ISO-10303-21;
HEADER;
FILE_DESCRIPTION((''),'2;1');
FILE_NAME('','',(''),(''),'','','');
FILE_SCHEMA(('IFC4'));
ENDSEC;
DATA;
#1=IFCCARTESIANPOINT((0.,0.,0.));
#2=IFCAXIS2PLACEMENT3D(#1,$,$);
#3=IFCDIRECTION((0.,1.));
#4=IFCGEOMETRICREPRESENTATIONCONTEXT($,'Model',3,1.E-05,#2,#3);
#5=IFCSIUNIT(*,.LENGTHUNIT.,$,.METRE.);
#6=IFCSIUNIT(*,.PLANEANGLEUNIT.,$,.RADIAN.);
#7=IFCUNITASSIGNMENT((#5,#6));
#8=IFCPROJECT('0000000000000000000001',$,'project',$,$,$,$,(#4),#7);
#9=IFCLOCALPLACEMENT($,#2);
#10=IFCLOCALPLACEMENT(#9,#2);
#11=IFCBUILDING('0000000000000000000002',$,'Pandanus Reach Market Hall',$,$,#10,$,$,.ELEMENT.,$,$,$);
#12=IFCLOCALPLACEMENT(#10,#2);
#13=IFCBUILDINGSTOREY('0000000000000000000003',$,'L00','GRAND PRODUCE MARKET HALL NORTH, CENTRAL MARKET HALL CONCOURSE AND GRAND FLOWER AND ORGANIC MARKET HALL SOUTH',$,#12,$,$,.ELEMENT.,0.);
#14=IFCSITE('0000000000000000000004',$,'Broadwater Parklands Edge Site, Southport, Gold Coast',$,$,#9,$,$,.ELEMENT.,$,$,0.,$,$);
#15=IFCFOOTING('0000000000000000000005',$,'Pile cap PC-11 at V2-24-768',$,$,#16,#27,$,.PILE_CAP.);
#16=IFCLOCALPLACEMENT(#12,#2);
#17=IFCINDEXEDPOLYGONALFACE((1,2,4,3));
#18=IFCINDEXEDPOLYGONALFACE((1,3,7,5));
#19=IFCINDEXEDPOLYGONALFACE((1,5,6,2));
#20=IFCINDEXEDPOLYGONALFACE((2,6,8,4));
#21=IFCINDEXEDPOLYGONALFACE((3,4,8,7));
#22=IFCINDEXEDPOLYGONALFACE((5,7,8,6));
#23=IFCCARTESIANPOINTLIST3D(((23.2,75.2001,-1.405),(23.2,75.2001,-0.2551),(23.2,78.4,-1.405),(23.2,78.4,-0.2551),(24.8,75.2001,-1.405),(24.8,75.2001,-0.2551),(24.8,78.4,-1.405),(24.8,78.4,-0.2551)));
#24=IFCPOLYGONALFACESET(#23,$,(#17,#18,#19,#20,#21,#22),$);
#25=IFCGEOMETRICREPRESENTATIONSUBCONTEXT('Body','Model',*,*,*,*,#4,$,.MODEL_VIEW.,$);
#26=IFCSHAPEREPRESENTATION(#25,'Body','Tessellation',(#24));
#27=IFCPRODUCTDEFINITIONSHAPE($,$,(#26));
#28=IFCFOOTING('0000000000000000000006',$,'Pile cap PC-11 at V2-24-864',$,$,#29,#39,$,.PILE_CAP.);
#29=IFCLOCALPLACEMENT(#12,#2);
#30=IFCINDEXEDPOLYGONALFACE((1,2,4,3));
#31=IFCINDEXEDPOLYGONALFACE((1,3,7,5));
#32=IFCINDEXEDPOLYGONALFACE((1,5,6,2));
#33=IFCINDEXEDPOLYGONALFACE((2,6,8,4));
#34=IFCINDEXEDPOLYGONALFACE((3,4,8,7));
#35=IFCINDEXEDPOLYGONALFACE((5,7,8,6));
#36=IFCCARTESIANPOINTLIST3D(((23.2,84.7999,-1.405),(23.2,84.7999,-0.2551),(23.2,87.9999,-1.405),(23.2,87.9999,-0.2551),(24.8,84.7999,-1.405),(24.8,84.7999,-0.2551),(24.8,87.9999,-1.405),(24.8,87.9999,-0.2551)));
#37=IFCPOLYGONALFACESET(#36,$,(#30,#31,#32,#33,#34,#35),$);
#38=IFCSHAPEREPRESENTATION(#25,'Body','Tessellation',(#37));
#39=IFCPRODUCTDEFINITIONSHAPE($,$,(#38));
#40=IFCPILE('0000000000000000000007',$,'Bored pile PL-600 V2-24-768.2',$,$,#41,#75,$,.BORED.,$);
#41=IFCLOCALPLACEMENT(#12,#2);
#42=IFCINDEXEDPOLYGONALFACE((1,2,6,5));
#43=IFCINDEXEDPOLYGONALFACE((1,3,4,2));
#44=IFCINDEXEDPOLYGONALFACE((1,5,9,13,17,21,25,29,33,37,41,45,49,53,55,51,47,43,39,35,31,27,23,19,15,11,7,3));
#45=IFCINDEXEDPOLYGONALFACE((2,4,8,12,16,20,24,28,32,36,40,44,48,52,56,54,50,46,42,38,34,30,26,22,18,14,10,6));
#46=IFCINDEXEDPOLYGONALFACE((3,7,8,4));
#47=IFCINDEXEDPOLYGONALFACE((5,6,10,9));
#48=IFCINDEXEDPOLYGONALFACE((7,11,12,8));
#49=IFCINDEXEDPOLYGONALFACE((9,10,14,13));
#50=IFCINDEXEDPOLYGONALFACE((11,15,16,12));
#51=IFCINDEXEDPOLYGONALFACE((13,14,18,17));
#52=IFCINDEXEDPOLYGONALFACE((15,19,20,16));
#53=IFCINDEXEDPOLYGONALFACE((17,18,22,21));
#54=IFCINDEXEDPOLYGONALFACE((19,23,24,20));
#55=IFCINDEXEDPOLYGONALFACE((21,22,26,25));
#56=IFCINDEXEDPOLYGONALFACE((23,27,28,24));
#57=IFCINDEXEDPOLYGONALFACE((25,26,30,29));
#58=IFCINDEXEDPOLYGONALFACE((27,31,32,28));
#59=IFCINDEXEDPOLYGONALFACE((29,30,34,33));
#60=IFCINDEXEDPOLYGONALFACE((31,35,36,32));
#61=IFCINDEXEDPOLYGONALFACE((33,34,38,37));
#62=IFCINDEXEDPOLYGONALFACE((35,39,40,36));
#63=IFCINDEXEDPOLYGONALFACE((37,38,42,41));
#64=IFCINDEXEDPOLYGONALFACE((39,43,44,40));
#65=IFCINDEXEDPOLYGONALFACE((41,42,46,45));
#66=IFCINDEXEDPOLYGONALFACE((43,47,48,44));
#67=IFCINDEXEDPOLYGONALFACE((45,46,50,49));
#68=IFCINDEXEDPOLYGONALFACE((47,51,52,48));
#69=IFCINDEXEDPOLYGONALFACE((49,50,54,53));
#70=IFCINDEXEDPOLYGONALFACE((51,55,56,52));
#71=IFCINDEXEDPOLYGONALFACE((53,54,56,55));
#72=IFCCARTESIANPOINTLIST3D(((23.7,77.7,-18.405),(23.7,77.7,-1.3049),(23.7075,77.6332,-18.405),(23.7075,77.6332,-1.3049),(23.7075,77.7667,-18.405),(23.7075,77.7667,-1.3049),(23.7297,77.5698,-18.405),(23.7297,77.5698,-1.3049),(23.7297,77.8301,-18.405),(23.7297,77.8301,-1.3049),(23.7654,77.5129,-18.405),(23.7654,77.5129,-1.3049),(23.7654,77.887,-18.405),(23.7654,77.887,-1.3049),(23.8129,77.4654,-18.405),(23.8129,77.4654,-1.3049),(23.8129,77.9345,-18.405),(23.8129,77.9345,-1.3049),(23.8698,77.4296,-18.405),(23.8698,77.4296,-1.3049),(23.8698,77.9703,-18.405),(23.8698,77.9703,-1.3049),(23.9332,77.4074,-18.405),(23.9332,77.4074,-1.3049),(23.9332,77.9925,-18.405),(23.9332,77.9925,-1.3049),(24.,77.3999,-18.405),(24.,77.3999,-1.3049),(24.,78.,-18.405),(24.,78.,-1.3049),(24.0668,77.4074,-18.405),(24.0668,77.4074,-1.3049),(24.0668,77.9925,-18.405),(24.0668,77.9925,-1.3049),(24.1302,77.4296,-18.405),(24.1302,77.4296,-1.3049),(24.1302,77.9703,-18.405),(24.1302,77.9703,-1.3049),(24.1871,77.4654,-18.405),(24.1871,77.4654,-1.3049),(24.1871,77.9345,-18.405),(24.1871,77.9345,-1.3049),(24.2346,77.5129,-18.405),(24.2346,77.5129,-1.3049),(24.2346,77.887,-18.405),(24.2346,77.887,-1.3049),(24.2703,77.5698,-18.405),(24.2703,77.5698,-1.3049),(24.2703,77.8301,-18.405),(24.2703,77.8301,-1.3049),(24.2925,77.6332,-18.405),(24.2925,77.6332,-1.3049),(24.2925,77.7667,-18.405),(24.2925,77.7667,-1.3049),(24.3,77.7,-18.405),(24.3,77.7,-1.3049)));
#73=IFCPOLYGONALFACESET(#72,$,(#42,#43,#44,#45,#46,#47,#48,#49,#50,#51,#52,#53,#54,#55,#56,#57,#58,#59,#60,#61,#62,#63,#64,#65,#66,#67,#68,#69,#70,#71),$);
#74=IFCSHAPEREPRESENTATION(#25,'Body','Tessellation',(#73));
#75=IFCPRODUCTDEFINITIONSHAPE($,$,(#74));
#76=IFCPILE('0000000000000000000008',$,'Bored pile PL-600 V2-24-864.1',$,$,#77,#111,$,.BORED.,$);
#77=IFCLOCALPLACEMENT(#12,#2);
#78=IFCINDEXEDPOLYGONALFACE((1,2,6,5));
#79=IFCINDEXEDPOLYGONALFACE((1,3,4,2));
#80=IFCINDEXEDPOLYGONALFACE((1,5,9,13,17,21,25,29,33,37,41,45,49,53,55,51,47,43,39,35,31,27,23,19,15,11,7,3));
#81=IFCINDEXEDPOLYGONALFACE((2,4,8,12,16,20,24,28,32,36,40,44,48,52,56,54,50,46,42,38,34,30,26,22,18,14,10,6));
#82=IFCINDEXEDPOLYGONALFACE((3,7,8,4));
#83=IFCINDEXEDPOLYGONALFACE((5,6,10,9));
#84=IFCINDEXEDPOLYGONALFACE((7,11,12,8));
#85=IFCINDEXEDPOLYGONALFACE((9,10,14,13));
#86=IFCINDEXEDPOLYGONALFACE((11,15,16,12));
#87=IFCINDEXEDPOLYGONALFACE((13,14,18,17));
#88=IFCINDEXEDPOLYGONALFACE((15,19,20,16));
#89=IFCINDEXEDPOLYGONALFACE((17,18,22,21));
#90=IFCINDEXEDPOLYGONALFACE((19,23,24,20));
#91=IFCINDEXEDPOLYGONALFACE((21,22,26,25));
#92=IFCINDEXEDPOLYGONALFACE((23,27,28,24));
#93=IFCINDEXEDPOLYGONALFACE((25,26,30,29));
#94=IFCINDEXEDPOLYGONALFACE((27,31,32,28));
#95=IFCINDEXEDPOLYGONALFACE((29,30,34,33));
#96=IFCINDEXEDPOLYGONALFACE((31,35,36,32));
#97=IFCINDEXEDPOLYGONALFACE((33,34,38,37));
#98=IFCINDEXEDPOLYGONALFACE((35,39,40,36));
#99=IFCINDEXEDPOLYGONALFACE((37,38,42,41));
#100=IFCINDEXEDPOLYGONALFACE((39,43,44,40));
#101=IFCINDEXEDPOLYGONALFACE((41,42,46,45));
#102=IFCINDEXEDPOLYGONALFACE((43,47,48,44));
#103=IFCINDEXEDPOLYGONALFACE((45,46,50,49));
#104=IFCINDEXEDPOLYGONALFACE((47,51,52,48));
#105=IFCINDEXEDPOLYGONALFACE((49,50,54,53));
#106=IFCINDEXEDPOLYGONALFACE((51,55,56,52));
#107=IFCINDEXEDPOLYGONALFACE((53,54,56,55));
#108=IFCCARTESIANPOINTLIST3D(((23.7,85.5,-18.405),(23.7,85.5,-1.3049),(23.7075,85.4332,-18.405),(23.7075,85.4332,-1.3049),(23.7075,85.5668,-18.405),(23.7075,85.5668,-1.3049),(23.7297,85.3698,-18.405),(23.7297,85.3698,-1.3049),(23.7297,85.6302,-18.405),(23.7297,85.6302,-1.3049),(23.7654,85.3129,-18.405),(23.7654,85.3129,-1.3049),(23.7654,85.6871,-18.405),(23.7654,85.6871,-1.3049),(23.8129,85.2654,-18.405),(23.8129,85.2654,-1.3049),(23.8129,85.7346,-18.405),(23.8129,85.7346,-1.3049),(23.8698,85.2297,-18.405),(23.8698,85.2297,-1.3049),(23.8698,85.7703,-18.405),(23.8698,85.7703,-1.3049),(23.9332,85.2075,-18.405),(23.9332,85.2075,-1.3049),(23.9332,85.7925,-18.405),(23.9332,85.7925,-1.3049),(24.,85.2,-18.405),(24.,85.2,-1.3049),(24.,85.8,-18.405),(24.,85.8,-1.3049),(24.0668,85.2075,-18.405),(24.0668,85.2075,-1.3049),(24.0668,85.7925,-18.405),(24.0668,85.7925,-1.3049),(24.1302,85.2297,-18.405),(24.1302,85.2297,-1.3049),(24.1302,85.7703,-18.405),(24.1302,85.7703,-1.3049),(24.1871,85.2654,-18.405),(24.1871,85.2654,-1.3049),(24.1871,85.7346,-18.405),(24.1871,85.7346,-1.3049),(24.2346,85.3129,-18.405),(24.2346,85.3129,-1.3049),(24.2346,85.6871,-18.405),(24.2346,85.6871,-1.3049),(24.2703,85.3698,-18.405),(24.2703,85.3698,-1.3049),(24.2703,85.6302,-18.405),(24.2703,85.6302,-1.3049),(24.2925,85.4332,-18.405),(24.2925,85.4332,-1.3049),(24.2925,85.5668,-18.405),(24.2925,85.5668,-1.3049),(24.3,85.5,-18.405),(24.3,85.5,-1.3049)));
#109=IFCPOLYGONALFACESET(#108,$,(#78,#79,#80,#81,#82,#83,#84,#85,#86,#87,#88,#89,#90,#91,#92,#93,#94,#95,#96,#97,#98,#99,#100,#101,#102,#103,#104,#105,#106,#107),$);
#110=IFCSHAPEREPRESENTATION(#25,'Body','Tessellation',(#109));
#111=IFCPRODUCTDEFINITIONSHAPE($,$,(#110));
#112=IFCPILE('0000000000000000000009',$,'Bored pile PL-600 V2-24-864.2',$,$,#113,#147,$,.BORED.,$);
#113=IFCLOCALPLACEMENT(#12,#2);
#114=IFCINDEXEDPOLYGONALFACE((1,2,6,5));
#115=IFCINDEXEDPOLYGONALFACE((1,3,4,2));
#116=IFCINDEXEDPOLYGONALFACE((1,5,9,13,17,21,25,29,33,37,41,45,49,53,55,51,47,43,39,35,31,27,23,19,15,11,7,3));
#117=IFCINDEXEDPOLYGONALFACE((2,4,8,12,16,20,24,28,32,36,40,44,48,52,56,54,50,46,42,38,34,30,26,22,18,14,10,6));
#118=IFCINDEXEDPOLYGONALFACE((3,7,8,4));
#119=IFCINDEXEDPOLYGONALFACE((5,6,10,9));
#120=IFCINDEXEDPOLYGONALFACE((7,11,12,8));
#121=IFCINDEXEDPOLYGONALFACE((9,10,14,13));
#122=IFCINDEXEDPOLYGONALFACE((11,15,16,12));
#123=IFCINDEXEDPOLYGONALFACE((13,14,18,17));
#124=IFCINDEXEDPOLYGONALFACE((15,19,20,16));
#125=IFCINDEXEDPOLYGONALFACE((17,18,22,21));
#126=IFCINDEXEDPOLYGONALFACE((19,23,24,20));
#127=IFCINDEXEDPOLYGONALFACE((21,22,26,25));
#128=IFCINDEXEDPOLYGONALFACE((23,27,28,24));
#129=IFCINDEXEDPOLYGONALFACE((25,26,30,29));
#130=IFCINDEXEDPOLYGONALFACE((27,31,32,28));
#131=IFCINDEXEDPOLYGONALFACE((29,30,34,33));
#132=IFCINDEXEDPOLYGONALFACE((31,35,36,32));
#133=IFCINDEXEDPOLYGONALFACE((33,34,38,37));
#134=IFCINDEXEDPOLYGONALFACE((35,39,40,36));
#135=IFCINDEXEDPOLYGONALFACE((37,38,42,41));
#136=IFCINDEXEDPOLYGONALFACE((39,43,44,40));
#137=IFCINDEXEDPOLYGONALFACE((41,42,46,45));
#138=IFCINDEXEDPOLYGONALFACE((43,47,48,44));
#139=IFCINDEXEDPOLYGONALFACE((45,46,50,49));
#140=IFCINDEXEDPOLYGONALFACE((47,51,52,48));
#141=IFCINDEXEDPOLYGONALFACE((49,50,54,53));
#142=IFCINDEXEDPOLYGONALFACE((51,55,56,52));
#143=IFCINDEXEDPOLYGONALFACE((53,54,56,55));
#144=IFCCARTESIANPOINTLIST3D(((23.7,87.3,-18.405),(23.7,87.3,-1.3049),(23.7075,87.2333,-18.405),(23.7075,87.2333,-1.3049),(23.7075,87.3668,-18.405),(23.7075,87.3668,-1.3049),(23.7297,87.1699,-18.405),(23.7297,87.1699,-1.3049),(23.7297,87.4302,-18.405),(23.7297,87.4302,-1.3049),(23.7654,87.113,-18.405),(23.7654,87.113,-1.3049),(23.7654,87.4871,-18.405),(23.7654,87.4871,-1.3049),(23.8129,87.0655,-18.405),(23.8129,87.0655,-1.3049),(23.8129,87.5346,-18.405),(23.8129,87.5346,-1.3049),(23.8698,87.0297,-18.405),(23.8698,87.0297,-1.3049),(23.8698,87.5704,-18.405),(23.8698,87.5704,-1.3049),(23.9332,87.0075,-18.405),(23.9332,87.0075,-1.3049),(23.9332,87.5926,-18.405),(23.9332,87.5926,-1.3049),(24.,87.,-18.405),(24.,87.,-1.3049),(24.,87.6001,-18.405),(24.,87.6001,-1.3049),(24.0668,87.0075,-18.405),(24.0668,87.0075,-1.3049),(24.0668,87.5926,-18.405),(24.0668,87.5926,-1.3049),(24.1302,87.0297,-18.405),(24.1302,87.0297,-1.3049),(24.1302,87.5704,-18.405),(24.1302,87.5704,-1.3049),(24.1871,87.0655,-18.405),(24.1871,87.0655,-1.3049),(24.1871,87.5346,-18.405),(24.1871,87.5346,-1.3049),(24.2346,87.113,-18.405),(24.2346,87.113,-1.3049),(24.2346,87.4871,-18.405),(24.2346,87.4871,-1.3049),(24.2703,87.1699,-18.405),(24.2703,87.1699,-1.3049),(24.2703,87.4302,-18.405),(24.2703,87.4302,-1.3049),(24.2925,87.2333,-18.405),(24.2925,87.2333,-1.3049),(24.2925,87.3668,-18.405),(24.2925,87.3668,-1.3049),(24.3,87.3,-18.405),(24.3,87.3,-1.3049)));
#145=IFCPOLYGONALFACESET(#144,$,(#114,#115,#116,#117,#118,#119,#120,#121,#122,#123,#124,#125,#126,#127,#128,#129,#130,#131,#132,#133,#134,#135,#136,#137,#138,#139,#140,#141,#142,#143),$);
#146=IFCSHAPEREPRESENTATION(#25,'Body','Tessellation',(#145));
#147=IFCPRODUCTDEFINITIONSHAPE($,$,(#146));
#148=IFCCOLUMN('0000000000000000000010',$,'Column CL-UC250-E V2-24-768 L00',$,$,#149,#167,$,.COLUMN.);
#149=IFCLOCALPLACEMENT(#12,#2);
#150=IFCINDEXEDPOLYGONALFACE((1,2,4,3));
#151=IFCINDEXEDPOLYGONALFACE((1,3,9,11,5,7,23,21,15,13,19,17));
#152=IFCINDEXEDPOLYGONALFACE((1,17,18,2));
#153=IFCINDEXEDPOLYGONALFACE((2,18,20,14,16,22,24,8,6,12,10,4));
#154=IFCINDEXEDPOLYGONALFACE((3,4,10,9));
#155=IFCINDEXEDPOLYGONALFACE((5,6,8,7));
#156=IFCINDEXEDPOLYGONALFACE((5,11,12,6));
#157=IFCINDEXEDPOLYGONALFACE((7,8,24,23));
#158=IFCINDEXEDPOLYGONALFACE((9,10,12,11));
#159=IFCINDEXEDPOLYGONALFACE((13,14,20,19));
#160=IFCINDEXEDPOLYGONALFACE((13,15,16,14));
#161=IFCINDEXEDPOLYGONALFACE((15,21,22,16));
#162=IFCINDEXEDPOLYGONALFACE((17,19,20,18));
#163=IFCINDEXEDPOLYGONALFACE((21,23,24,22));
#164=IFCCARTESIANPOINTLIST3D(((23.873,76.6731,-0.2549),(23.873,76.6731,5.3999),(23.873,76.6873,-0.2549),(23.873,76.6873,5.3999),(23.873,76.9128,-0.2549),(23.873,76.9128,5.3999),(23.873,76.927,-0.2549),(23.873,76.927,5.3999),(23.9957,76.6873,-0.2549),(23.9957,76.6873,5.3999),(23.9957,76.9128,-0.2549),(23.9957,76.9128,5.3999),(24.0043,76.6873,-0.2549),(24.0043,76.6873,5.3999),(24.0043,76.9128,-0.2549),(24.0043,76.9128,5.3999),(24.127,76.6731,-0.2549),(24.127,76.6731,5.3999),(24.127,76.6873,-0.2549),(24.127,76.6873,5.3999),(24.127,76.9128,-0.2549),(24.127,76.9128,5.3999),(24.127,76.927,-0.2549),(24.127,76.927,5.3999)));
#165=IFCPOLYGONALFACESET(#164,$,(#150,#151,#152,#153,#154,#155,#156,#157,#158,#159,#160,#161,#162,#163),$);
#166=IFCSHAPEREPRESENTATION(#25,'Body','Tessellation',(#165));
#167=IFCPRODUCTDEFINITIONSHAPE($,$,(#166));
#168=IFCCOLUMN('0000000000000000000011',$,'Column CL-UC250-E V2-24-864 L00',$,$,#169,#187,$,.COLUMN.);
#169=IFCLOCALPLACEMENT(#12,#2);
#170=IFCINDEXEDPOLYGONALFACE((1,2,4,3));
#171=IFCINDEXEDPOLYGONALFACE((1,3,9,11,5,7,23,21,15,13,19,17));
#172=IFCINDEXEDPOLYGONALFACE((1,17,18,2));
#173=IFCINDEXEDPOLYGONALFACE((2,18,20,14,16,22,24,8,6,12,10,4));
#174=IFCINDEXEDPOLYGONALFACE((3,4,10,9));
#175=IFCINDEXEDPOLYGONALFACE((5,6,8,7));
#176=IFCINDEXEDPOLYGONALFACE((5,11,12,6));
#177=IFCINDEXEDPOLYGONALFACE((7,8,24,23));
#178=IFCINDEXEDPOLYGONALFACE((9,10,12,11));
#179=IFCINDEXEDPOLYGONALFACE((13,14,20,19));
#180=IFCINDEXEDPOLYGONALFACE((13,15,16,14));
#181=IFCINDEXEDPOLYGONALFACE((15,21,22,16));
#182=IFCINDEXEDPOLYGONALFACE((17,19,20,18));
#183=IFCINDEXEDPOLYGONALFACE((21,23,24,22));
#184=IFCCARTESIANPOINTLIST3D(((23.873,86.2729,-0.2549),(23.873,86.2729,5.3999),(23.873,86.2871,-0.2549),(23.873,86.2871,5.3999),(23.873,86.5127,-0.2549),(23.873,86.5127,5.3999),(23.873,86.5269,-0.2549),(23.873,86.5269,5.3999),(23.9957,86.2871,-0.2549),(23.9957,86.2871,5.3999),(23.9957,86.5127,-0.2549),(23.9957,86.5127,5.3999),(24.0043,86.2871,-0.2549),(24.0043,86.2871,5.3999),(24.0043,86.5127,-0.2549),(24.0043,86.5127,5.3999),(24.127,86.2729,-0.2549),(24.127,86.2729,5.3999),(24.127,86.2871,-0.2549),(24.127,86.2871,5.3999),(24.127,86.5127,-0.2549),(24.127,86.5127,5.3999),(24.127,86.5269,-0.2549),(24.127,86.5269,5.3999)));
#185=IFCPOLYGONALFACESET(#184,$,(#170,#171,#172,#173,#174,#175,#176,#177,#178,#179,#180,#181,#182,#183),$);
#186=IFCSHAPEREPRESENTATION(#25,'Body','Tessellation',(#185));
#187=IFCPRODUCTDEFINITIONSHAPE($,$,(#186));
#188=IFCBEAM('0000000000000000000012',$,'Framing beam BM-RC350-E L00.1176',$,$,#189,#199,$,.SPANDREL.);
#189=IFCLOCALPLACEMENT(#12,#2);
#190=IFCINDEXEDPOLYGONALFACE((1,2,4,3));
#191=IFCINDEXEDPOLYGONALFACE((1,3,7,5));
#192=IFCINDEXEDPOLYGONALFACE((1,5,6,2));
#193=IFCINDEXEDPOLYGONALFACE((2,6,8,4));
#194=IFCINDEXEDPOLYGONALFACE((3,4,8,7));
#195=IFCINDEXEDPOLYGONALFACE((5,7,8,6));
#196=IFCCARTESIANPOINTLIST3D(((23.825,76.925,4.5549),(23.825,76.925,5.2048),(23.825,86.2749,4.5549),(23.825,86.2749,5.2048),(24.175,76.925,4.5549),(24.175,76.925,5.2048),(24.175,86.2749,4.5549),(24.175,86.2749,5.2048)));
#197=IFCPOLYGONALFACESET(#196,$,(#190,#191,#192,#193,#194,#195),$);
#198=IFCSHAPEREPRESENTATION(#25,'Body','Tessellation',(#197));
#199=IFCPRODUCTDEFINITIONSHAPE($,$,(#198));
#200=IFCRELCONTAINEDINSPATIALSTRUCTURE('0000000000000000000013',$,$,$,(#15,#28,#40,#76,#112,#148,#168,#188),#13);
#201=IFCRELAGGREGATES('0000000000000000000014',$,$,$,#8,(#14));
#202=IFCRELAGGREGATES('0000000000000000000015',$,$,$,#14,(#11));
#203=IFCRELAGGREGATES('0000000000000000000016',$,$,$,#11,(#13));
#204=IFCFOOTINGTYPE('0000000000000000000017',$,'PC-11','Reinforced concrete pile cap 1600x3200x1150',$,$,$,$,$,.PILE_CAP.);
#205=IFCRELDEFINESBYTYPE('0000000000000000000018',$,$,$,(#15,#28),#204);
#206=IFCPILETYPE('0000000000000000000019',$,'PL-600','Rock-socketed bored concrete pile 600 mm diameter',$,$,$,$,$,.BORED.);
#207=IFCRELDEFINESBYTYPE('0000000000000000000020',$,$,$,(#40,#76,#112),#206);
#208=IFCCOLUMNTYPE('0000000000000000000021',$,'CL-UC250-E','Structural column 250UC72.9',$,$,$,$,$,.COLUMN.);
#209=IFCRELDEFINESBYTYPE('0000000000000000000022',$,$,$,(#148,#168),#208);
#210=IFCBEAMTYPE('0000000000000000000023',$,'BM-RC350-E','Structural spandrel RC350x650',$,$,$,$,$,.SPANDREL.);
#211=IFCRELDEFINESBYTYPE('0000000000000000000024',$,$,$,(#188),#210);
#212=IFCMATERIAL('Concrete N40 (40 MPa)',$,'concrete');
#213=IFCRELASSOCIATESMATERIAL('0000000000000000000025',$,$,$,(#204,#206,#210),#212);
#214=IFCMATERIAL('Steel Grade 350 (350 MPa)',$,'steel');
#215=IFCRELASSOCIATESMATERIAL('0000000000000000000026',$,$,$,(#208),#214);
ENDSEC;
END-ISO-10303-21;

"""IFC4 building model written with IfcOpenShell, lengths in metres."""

from ifc_helpers import new_model, si_unit, direction, frame, origin, origin_2d, place, context, subcontext, project, spatial, rectangle, circle, i_section, extrude, material, material_profile, profile_set, type_object, element, save


model = new_model("IFC4")

# Units and contexts
model_context = context("Model", 3, precision=1e-05, world=origin(), true_north=direction((0.0, 1.0)))
body_context = subcontext(model_context, "Body", "Model", "MODEL_VIEW")
ifc_project = project(units=[si_unit("LENGTHUNIT", "METRE"), si_unit("PLANEANGLEUNIT", "RADIAN")], contexts=[model_context])

# Site, building, storey
site_placement = place(None, origin())
site = spatial("IfcSite", under=ifc_project, at=site_placement, Name="Broadwater Parklands Edge Site, Southport, Gold Coast", CompositionType="ELEMENT", RefElevation=0.0)
building_placement = place(site_placement, origin())
building = spatial("IfcBuilding", under=site, at=building_placement, Name="Pandanus Reach Market Hall", CompositionType="ELEMENT")
storey_placement = place(building_placement, origin())
storey = spatial("IfcBuildingStorey", under=building, at=storey_placement, Name="L00", Description="GRAND PRODUCE MARKET HALL NORTH, CENTRAL MARKET HALL CONCOURSE AND GRAND FLOWER AND ORGANIC MARKET HALL SOUTH", CompositionType="ELEMENT", Elevation=0.0)

# Footings
ifc_material_1 = material(Name="Concrete N40 (40 MPa)", Category="concrete")
footing_type = type_object("IfcFootingType", Name="PC-11", Description="Reinforced concrete pile cap 1600x3200x1150", PredefinedType="PILE_CAP", material=ifc_material_1)
for number, where, z_axis, x_axis, name in (
    (1, (24.0, 76.8, -1.405), (0.0, 0.0, 1.0), (1.0, 0.0, 0.0), "Pile cap PC-11 at V2-24-768"),
    (2, (24.0, 86.3999, -1.405), (0.0, 0.0, 1.0), (1.0, 0.0, 0.0), "Pile cap PC-11 at V2-24-864"),
):
    element("IfcFooting", number, at=place(storey_placement, frame(where, z_axis=z_axis, x_axis=x_axis)), inside=storey, type_object=footing_type, Name=name, PredefinedType="PILE_CAP", context=body_context, shape_type="SweptSolid", body=[
        extrude(rectangle(XDim=1.6001, YDim=3.2, at=origin_2d()), origin(), (0.0, 0.0, 1.0), 1.1499),
    ])

# Piles
ifc_material_profile_1 = material_profile(ifc_material_1, circle(Radius=0.3, at=origin_2d()), Name="PILE-600D", Category="LoadBearing")
ifc_profile_set_1 = profile_set([ifc_material_profile_1], Name="Concrete N40 (40 MPa)")
pile_type = type_object("IfcPileType", Name="PL-600", Description="Rock-socketed bored concrete pile 600 mm diameter", PredefinedType="BORED", material=ifc_profile_set_1)
for number, where, z_axis, x_axis, name in (
    (3, (24.0, 77.7, -1.3049), (0.0, 0.0, -1.0), (1.0, 0.0, 0.0), "Bored pile PL-600 V2-24-768.2"),
    (4, (24.0, 85.5, -1.3049), (0.0, 0.0, -1.0), (1.0, 0.0, 0.0), "Bored pile PL-600 V2-24-864.1"),
    (5, (24.0, 87.3, -1.3049), (0.0, 0.0, -1.0), (1.0, 0.0, 0.0), "Bored pile PL-600 V2-24-864.2"),
):
    element("IfcPile", number, at=place(storey_placement, frame(where, z_axis=z_axis, x_axis=x_axis)), inside=storey, type_object=pile_type, Name=name, PredefinedType="BORED", context=body_context, shape_type="SweptSolid", body=[
        extrude(circle(Radius=0.3, at=origin_2d()), origin(), (0.0, 0.0, 1.0), 17.1001),
    ])

# Columns
ifc_material_2 = material(Name="Steel Grade 350 (350 MPa)", Category="steel")
ifc_material_profile_2 = material_profile(ifc_material_2, i_section(OverallWidth=0.2539, OverallDepth=0.2539, WebThickness=0.0085, FlangeThickness=0.0142, at=origin_2d()), Name="250UC72.9", Category="LoadBearing")
ifc_profile_set_2 = profile_set([ifc_material_profile_2], Name="Steel Grade 350 (350 MPa)")
column_type = type_object("IfcColumnType", Name="CL-UC250-E", Description="Structural column 250UC72.9", PredefinedType="COLUMN", material=ifc_profile_set_2)
for number, where, z_axis, x_axis, name in (
    (6, (24.0, 76.8, -0.2549), (0.0, 0.0, 1.0), (1.0, 0.0, 0.0), "Column CL-UC250-E V2-24-768 L00"),
    (7, (24.0, 86.3999, -0.2549), (0.0, 0.0, 1.0), (1.0, 0.0, 0.0), "Column CL-UC250-E V2-24-864 L00"),
):
    element("IfcColumn", number, at=place(storey_placement, frame(where, z_axis=z_axis, x_axis=x_axis)), inside=storey, type_object=column_type, Name=name, PredefinedType="COLUMN", context=body_context, shape_type="SweptSolid", body=[
        extrude(i_section(OverallWidth=0.2539, OverallDepth=0.2539, WebThickness=0.0085, FlangeThickness=0.0142, at=origin_2d()), origin(), (0.0, 0.0, 1.0), 5.6548),
    ])

# Beam
ifc_material_profile_3 = material_profile(ifc_material_1, rectangle(XDim=0.3501, YDim=0.6499, at=origin_2d()), Name="RC350x650", Category="LoadBearing")
ifc_profile_set_3 = profile_set([ifc_material_profile_3], Name="Concrete N40 (40 MPa)")
beam_type = type_object("IfcBeamType", Name="BM-RC350-E", Description="Structural spandrel RC350x650", PredefinedType="SPANDREL", material=ifc_profile_set_3)
beam_placement = place(storey_placement, frame((24.0, 76.925, 4.8799), z_axis=(0.0, 1.0, 0.0), x_axis=(-1.0, 0.0, 0.0)))
element("IfcBeam", 8, at=beam_placement, inside=storey, type_object=beam_type, Name="Framing beam BM-RC350-E L00.1176", PredefinedType="SPANDREL", context=body_context, shape_type="SweptSolid", body=[
    extrude(rectangle(XDim=0.3501, YDim=0.6499, at=origin_2d()), origin(), (0.0, 0.0, 1.0), 9.3499),
])

save(model, "model.ifc")
